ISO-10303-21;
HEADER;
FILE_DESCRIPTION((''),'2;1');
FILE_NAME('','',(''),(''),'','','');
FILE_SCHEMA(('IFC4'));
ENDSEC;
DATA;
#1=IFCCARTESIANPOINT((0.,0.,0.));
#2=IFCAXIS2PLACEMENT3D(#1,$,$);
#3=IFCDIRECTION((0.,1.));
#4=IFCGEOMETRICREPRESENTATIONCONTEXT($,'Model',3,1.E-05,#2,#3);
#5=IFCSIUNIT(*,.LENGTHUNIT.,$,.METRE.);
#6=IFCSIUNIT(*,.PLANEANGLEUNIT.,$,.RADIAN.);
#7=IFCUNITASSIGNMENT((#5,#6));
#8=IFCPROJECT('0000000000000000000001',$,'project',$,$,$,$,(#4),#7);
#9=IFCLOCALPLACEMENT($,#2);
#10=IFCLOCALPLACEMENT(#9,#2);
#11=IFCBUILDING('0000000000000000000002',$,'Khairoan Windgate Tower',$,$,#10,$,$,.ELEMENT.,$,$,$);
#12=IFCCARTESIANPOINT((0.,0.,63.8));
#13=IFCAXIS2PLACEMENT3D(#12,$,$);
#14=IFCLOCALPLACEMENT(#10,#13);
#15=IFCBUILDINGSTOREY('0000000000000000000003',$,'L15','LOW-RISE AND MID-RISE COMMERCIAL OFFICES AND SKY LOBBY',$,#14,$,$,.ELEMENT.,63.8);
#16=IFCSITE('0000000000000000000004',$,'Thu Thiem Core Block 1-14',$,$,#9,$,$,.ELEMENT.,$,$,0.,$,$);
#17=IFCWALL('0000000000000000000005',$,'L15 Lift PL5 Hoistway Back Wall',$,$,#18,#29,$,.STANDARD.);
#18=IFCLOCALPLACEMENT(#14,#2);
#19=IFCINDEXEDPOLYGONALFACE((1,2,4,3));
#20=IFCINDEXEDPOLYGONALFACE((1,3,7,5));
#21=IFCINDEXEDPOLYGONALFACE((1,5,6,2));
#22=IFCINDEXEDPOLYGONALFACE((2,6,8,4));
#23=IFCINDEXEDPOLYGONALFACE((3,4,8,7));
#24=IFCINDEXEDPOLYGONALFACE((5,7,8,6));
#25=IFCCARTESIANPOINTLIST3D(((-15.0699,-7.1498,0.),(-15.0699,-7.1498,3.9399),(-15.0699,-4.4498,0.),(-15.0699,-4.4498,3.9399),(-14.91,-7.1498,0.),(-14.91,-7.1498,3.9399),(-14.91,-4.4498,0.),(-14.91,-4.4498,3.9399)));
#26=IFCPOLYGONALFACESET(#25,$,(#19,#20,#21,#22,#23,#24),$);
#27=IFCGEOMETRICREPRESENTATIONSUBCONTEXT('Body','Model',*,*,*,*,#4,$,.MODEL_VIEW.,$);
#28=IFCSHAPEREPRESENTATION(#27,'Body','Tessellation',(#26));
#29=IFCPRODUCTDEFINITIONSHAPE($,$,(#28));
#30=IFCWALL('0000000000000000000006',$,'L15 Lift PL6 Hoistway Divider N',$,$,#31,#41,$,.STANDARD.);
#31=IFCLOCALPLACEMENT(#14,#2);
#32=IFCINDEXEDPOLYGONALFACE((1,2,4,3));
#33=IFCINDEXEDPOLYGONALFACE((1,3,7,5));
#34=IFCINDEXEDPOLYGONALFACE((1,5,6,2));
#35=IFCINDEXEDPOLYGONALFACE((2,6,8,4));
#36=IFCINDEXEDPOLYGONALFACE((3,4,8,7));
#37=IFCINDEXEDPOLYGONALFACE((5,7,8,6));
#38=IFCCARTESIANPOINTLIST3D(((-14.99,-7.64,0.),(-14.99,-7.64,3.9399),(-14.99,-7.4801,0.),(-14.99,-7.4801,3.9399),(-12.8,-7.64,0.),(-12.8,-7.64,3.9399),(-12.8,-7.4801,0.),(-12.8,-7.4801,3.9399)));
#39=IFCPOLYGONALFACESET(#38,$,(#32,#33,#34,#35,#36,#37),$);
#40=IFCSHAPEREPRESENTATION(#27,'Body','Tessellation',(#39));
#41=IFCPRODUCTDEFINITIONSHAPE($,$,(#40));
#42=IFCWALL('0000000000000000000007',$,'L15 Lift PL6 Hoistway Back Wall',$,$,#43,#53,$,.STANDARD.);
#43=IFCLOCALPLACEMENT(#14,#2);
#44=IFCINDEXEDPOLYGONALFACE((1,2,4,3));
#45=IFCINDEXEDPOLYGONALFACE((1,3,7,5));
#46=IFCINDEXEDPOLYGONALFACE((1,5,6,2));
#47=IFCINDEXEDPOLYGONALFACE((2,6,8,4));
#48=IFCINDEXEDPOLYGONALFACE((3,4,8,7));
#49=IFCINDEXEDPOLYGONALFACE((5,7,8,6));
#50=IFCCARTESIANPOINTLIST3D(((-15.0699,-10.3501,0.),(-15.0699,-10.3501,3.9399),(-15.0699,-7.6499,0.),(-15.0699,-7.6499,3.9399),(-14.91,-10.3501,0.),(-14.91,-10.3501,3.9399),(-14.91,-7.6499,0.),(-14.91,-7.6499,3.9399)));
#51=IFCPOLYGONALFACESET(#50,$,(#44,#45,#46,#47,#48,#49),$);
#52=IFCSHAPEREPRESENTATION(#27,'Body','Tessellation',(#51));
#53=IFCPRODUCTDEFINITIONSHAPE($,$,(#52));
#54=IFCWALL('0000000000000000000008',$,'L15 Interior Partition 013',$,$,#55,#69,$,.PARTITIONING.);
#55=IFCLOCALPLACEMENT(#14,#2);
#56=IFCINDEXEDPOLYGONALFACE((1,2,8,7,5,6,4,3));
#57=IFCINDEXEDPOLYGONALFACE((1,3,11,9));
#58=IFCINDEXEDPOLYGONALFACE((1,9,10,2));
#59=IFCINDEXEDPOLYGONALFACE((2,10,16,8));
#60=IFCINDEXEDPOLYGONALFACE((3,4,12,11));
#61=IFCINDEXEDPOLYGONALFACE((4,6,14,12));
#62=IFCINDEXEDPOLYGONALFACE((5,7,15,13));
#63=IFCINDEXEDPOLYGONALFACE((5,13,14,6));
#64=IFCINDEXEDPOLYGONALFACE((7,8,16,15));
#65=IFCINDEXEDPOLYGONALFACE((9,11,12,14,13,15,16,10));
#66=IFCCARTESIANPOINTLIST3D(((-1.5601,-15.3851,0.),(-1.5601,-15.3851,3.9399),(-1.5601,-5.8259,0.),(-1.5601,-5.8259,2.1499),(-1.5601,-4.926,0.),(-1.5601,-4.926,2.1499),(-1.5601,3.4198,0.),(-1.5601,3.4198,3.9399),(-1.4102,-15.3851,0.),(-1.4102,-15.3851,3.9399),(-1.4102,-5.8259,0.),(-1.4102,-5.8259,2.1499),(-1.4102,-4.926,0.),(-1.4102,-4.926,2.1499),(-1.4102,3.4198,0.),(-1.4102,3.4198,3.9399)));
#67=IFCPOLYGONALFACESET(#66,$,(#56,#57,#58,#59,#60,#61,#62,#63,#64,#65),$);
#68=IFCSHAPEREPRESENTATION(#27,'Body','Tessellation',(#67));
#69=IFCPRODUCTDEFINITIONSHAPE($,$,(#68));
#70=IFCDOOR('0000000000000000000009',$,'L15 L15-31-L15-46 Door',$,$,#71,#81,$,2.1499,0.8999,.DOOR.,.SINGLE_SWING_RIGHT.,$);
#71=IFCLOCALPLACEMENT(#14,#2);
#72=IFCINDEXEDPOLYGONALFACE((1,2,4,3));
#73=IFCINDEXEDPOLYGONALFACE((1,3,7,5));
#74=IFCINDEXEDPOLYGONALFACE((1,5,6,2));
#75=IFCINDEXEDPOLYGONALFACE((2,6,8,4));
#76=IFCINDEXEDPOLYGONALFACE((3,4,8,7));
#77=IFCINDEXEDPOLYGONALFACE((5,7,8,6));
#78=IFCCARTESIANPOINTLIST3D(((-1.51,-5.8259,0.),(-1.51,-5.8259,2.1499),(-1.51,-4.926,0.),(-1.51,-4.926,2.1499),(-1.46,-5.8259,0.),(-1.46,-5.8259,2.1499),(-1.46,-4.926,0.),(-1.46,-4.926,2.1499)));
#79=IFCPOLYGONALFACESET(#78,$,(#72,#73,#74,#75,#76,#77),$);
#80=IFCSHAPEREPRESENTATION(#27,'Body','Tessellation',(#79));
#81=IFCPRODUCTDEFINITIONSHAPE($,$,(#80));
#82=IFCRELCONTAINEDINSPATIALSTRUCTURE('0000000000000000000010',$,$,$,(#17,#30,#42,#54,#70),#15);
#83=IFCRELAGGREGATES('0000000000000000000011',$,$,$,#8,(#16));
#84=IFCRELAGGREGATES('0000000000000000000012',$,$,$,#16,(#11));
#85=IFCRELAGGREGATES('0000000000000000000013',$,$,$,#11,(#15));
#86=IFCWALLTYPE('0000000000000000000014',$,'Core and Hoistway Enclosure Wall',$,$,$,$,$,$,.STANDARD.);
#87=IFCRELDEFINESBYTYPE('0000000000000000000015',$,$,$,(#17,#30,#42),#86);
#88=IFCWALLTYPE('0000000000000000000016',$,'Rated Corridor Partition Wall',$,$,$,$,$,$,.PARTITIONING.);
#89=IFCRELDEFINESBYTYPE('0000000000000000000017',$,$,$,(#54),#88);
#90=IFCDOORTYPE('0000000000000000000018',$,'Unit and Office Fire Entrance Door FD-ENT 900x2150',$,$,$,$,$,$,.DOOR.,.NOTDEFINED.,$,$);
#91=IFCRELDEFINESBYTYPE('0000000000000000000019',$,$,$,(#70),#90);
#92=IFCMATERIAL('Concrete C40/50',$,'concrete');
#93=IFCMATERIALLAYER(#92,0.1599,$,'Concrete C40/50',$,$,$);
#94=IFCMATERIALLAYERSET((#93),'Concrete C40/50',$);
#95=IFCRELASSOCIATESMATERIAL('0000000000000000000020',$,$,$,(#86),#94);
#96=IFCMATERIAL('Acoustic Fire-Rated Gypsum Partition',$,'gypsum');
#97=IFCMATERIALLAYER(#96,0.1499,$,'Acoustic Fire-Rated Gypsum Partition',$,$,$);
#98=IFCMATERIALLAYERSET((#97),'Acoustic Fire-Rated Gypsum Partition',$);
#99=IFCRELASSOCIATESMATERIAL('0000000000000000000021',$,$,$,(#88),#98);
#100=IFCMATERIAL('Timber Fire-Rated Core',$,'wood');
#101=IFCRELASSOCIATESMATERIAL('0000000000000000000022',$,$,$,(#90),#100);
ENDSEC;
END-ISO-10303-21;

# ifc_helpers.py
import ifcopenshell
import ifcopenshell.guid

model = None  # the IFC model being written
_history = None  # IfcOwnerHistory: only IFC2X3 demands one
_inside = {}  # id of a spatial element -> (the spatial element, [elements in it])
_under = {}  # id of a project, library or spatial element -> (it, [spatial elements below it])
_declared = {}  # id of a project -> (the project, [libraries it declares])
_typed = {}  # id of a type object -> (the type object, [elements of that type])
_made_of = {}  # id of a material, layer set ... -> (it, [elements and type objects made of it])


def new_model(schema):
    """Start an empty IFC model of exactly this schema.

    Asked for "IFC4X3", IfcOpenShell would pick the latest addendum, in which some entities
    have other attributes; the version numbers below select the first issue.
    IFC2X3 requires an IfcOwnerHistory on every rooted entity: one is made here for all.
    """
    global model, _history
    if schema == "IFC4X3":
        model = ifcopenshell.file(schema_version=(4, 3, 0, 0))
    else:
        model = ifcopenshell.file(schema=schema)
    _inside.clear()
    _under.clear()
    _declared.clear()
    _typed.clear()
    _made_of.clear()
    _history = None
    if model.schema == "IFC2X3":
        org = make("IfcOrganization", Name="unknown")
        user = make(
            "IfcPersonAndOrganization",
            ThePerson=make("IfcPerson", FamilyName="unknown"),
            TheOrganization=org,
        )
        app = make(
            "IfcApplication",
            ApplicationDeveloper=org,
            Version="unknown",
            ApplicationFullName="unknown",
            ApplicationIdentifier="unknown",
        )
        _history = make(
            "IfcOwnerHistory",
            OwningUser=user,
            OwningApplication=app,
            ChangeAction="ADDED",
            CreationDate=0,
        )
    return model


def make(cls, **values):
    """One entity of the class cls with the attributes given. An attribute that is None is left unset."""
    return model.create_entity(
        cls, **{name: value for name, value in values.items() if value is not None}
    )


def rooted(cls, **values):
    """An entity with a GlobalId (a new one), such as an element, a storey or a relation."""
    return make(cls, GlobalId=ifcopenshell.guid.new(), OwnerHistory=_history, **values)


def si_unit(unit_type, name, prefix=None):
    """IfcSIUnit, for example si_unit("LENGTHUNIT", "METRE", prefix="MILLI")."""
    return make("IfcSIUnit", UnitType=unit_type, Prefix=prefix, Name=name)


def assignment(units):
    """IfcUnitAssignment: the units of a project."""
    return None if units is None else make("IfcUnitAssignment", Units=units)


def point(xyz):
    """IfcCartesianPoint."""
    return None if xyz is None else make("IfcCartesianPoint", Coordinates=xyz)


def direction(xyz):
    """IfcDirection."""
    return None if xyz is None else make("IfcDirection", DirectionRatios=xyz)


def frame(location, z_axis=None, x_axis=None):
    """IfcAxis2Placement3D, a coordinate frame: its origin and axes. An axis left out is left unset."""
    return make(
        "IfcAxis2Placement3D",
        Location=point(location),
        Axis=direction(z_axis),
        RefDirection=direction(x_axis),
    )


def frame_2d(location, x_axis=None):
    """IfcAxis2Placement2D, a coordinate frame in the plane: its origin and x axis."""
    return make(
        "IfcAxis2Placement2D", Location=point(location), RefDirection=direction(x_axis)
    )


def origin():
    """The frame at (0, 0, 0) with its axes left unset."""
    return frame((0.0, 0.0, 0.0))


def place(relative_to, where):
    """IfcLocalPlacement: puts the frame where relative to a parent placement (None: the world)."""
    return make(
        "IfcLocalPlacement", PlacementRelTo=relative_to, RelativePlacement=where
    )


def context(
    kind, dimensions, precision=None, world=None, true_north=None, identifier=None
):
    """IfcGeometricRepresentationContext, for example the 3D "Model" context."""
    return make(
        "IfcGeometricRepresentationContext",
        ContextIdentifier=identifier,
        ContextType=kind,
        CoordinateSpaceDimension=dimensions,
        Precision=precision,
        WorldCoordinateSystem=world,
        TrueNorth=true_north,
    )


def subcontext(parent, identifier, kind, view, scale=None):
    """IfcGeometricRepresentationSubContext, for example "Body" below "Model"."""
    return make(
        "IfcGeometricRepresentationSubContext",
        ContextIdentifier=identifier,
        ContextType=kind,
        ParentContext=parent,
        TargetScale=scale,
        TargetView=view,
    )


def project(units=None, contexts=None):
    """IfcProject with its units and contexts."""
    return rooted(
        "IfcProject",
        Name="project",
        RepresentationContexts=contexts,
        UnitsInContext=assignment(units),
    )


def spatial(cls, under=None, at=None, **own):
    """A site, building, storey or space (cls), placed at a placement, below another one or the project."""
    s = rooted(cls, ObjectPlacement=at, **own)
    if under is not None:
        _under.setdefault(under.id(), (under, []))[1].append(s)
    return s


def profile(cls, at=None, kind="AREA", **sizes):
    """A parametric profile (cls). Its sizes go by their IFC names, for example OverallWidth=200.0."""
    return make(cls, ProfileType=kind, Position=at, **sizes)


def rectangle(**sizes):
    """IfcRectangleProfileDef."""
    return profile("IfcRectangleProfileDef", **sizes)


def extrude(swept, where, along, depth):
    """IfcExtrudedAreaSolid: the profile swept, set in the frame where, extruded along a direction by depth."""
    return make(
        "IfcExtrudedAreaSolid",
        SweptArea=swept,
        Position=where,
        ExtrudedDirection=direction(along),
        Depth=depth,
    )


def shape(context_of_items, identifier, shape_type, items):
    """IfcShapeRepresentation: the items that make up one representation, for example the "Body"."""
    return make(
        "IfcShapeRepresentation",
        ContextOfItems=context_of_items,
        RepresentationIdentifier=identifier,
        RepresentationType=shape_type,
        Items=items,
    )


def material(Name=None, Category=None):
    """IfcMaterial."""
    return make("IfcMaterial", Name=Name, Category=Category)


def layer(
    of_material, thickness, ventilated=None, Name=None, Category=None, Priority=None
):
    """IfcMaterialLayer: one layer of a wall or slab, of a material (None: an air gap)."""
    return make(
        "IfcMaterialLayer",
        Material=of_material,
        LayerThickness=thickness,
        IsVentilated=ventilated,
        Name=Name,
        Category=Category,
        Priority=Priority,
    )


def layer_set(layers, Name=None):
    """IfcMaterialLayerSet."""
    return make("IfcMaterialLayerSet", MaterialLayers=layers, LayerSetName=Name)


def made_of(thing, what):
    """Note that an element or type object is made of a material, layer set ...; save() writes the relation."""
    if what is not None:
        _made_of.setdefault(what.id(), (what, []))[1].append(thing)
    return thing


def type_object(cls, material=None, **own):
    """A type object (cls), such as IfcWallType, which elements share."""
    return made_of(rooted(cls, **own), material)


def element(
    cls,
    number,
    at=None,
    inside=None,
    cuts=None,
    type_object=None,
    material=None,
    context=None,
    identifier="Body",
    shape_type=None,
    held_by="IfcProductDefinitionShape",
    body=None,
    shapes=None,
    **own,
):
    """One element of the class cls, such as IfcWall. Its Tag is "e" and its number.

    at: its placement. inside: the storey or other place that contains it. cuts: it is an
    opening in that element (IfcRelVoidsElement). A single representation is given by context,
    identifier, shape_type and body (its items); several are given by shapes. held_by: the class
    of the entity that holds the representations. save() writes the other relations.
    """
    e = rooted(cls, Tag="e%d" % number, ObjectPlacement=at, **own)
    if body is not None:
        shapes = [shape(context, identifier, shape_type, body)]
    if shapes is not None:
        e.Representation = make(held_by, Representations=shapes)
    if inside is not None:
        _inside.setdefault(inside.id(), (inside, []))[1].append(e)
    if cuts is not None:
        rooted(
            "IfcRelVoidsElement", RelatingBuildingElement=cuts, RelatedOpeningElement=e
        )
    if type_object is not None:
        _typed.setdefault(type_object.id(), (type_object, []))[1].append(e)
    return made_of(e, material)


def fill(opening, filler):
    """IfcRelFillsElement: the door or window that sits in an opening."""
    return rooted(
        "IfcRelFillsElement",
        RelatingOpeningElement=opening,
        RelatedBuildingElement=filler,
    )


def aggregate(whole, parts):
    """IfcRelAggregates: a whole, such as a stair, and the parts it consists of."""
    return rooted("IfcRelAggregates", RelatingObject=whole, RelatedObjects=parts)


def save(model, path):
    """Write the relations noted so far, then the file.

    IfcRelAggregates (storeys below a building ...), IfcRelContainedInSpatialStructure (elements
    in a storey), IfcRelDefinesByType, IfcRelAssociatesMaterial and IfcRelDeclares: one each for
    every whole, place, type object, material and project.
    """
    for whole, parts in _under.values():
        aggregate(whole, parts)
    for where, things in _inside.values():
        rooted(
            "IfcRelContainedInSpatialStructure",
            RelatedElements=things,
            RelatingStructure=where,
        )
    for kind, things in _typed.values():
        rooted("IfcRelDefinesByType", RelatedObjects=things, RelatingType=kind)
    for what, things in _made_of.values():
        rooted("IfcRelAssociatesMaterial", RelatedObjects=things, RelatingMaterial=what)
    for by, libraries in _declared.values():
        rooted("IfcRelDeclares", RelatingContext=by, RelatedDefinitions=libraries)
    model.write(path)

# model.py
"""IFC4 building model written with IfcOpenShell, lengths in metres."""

from ifc_helpers import new_model, si_unit, direction, frame, frame_2d, origin, place, context, subcontext, project, spatial, rectangle, extrude, material, layer, layer_set, type_object, element, fill, save


model = new_model("IFC4")

# Units and contexts
model_context = context("Model", 3, precision=1e-05, world=origin(), true_north=direction((0.0, 1.0)))
body_context = subcontext(model_context, "Body", "Model", "MODEL_VIEW")
ifc_project = project(units=[si_unit("LENGTHUNIT", "METRE"), si_unit("PLANEANGLEUNIT", "RADIAN")], contexts=[model_context])

# Site, building, storey
site_placement = place(None, origin())
site = spatial("IfcSite", under=ifc_project, at=site_placement, Name="Thu Thiem Core Block 1-14", CompositionType="ELEMENT", RefElevation=0.0)
building_placement = place(site_placement, origin())
building = spatial("IfcBuilding", under=site, at=building_placement, Name="Khairoan Windgate Tower", CompositionType="ELEMENT")
storey_placement = place(building_placement, frame((0.0, 0.0, 63.8)))
storey = spatial("IfcBuildingStorey", under=building, at=storey_placement, Name="L15", Description="LOW-RISE AND MID-RISE COMMERCIAL OFFICES AND SKY LOBBY", CompositionType="ELEMENT", Elevation=63.8)

# Walls
ifc_material_1 = material(Name="Concrete C40/50", Category="concrete")
ifc_layer_1 = layer(ifc_material_1, 0.1599, Name="Concrete C40/50")
ifc_layer_set_1 = layer_set([ifc_layer_1], Name="Concrete C40/50")
wall_type_1 = type_object("IfcWallType", Name="Core and Hoistway Enclosure Wall", PredefinedType="STANDARD", material=ifc_layer_set_1)
wall_1_placement = place(storey_placement, frame((-14.99, -7.1499, 0.0), z_axis=(0.0, 0.0, 1.0), x_axis=(0.0, 1.0, 0.0)))
element("IfcWall", 1, at=wall_1_placement, inside=storey, type_object=wall_type_1, Name="L15 Lift PL5 Hoistway Back Wall", PredefinedType="STANDARD", context=body_context, shape_type="SweptSolid", body=[
    extrude(rectangle(XDim=2.7, YDim=0.1599, at=frame_2d((1.3501, 0.0))), origin(), (0.0, 0.0, 1.0), 3.9399),
])
wall_2_placement = place(storey_placement, frame((-14.99, -7.5601, 0.0), z_axis=(0.0, 0.0, 1.0), x_axis=(1.0, 0.0, 0.0)))
element("IfcWall", 2, at=wall_2_placement, inside=storey, type_object=wall_type_1, Name="L15 Lift PL6 Hoistway Divider N", PredefinedType="STANDARD", context=body_context, shape_type="SweptSolid", body=[
    extrude(rectangle(XDim=2.1899, YDim=0.1599, at=frame_2d((1.095, 0.0))), origin(), (0.0, 0.0, 1.0), 3.9399),
])
wall_3_placement = place(storey_placement, frame((-14.99, -10.3501, 0.0), z_axis=(0.0, 0.0, 1.0), x_axis=(0.0, 1.0, 0.0)))
element("IfcWall", 3, at=wall_3_placement, inside=storey, type_object=wall_type_1, Name="L15 Lift PL6 Hoistway Back Wall", PredefinedType="STANDARD", context=body_context, shape_type="SweptSolid", body=[
    extrude(rectangle(XDim=2.7002, YDim=0.1599, at=frame_2d((1.3501, 0.0))), origin(), (0.0, 0.0, 1.0), 3.9399),
])

# Wall, opening, door
ifc_material_2 = material(Name="Acoustic Fire-Rated Gypsum Partition", Category="gypsum")
ifc_layer_2 = layer(ifc_material_2, 0.1499, Name="Acoustic Fire-Rated Gypsum Partition")
ifc_layer_set_2 = layer_set([ifc_layer_2], Name="Acoustic Fire-Rated Gypsum Partition")
wall_type_2 = type_object("IfcWallType", Name="Rated Corridor Partition Wall", PredefinedType="PARTITIONING", material=ifc_layer_set_2)
ifc_material_3 = material(Name="Timber Fire-Rated Core", Category="wood")
door_type_1 = type_object("IfcDoorType", Name="Unit and Office Fire Entrance Door FD-ENT 900x2150", OperationType="NOTDEFINED", PredefinedType="DOOR", material=ifc_material_3)
wall_4_placement = place(storey_placement, frame((-1.4851, -15.385, 0.0), z_axis=(0.0, 0.0, 1.0), x_axis=(0.0, 1.0, 0.0)))
wall_4 = element("IfcWall", 4, at=wall_4_placement, inside=storey, type_object=wall_type_2, Name="L15 Interior Partition 013", PredefinedType="PARTITIONING", context=body_context, shape_type="SweptSolid", body=[
    extrude(rectangle(XDim=18.8049, YDim=0.1499, at=frame_2d((9.4023, 0.0))), origin(), (0.0, 0.0, 1.0), 3.9399),
])
opening_1_placement = place(wall_4_placement, frame((9.5591, 0.0, 0.0)))
opening_1 = element("IfcOpeningElement", 5, at=opening_1_placement, cuts=wall_4, PredefinedType="OPENING", context=body_context, shape_type="SweptSolid", body=[
    extrude(rectangle(XDim=0.8999, YDim=2.1499, at=frame_2d((0.45, 1.075))), frame((0.0, 0.085, 0.0), z_axis=(0.0, -1.0, 0.0), x_axis=(1.0, 0.0, 0.0)), (0.0, 0.0, 1.0), 0.1699),
])
door_1_placement = place(opening_1_placement, origin())
door_1 = element("IfcDoor", 6, at=door_1_placement, inside=storey, type_object=door_type_1, Name="L15 L15-31-L15-46 Door", OperationType="SINGLE_SWING_RIGHT", OverallHeight=2.1499, OverallWidth=0.8999, PredefinedType="DOOR", context=body_context, shape_type="SweptSolid", body=[
    extrude(rectangle(XDim=0.8999, YDim=2.1499, at=frame_2d((0.45, 1.075))), frame((0.0, 0.0249, 0.0), z_axis=(0.0, -1.0, 0.0), x_axis=(1.0, 0.0, 0.0)), (0.0, 0.0, 1.0), 0.05),
])
fill(opening_1, door_1)

save(model, "model.ifc")
